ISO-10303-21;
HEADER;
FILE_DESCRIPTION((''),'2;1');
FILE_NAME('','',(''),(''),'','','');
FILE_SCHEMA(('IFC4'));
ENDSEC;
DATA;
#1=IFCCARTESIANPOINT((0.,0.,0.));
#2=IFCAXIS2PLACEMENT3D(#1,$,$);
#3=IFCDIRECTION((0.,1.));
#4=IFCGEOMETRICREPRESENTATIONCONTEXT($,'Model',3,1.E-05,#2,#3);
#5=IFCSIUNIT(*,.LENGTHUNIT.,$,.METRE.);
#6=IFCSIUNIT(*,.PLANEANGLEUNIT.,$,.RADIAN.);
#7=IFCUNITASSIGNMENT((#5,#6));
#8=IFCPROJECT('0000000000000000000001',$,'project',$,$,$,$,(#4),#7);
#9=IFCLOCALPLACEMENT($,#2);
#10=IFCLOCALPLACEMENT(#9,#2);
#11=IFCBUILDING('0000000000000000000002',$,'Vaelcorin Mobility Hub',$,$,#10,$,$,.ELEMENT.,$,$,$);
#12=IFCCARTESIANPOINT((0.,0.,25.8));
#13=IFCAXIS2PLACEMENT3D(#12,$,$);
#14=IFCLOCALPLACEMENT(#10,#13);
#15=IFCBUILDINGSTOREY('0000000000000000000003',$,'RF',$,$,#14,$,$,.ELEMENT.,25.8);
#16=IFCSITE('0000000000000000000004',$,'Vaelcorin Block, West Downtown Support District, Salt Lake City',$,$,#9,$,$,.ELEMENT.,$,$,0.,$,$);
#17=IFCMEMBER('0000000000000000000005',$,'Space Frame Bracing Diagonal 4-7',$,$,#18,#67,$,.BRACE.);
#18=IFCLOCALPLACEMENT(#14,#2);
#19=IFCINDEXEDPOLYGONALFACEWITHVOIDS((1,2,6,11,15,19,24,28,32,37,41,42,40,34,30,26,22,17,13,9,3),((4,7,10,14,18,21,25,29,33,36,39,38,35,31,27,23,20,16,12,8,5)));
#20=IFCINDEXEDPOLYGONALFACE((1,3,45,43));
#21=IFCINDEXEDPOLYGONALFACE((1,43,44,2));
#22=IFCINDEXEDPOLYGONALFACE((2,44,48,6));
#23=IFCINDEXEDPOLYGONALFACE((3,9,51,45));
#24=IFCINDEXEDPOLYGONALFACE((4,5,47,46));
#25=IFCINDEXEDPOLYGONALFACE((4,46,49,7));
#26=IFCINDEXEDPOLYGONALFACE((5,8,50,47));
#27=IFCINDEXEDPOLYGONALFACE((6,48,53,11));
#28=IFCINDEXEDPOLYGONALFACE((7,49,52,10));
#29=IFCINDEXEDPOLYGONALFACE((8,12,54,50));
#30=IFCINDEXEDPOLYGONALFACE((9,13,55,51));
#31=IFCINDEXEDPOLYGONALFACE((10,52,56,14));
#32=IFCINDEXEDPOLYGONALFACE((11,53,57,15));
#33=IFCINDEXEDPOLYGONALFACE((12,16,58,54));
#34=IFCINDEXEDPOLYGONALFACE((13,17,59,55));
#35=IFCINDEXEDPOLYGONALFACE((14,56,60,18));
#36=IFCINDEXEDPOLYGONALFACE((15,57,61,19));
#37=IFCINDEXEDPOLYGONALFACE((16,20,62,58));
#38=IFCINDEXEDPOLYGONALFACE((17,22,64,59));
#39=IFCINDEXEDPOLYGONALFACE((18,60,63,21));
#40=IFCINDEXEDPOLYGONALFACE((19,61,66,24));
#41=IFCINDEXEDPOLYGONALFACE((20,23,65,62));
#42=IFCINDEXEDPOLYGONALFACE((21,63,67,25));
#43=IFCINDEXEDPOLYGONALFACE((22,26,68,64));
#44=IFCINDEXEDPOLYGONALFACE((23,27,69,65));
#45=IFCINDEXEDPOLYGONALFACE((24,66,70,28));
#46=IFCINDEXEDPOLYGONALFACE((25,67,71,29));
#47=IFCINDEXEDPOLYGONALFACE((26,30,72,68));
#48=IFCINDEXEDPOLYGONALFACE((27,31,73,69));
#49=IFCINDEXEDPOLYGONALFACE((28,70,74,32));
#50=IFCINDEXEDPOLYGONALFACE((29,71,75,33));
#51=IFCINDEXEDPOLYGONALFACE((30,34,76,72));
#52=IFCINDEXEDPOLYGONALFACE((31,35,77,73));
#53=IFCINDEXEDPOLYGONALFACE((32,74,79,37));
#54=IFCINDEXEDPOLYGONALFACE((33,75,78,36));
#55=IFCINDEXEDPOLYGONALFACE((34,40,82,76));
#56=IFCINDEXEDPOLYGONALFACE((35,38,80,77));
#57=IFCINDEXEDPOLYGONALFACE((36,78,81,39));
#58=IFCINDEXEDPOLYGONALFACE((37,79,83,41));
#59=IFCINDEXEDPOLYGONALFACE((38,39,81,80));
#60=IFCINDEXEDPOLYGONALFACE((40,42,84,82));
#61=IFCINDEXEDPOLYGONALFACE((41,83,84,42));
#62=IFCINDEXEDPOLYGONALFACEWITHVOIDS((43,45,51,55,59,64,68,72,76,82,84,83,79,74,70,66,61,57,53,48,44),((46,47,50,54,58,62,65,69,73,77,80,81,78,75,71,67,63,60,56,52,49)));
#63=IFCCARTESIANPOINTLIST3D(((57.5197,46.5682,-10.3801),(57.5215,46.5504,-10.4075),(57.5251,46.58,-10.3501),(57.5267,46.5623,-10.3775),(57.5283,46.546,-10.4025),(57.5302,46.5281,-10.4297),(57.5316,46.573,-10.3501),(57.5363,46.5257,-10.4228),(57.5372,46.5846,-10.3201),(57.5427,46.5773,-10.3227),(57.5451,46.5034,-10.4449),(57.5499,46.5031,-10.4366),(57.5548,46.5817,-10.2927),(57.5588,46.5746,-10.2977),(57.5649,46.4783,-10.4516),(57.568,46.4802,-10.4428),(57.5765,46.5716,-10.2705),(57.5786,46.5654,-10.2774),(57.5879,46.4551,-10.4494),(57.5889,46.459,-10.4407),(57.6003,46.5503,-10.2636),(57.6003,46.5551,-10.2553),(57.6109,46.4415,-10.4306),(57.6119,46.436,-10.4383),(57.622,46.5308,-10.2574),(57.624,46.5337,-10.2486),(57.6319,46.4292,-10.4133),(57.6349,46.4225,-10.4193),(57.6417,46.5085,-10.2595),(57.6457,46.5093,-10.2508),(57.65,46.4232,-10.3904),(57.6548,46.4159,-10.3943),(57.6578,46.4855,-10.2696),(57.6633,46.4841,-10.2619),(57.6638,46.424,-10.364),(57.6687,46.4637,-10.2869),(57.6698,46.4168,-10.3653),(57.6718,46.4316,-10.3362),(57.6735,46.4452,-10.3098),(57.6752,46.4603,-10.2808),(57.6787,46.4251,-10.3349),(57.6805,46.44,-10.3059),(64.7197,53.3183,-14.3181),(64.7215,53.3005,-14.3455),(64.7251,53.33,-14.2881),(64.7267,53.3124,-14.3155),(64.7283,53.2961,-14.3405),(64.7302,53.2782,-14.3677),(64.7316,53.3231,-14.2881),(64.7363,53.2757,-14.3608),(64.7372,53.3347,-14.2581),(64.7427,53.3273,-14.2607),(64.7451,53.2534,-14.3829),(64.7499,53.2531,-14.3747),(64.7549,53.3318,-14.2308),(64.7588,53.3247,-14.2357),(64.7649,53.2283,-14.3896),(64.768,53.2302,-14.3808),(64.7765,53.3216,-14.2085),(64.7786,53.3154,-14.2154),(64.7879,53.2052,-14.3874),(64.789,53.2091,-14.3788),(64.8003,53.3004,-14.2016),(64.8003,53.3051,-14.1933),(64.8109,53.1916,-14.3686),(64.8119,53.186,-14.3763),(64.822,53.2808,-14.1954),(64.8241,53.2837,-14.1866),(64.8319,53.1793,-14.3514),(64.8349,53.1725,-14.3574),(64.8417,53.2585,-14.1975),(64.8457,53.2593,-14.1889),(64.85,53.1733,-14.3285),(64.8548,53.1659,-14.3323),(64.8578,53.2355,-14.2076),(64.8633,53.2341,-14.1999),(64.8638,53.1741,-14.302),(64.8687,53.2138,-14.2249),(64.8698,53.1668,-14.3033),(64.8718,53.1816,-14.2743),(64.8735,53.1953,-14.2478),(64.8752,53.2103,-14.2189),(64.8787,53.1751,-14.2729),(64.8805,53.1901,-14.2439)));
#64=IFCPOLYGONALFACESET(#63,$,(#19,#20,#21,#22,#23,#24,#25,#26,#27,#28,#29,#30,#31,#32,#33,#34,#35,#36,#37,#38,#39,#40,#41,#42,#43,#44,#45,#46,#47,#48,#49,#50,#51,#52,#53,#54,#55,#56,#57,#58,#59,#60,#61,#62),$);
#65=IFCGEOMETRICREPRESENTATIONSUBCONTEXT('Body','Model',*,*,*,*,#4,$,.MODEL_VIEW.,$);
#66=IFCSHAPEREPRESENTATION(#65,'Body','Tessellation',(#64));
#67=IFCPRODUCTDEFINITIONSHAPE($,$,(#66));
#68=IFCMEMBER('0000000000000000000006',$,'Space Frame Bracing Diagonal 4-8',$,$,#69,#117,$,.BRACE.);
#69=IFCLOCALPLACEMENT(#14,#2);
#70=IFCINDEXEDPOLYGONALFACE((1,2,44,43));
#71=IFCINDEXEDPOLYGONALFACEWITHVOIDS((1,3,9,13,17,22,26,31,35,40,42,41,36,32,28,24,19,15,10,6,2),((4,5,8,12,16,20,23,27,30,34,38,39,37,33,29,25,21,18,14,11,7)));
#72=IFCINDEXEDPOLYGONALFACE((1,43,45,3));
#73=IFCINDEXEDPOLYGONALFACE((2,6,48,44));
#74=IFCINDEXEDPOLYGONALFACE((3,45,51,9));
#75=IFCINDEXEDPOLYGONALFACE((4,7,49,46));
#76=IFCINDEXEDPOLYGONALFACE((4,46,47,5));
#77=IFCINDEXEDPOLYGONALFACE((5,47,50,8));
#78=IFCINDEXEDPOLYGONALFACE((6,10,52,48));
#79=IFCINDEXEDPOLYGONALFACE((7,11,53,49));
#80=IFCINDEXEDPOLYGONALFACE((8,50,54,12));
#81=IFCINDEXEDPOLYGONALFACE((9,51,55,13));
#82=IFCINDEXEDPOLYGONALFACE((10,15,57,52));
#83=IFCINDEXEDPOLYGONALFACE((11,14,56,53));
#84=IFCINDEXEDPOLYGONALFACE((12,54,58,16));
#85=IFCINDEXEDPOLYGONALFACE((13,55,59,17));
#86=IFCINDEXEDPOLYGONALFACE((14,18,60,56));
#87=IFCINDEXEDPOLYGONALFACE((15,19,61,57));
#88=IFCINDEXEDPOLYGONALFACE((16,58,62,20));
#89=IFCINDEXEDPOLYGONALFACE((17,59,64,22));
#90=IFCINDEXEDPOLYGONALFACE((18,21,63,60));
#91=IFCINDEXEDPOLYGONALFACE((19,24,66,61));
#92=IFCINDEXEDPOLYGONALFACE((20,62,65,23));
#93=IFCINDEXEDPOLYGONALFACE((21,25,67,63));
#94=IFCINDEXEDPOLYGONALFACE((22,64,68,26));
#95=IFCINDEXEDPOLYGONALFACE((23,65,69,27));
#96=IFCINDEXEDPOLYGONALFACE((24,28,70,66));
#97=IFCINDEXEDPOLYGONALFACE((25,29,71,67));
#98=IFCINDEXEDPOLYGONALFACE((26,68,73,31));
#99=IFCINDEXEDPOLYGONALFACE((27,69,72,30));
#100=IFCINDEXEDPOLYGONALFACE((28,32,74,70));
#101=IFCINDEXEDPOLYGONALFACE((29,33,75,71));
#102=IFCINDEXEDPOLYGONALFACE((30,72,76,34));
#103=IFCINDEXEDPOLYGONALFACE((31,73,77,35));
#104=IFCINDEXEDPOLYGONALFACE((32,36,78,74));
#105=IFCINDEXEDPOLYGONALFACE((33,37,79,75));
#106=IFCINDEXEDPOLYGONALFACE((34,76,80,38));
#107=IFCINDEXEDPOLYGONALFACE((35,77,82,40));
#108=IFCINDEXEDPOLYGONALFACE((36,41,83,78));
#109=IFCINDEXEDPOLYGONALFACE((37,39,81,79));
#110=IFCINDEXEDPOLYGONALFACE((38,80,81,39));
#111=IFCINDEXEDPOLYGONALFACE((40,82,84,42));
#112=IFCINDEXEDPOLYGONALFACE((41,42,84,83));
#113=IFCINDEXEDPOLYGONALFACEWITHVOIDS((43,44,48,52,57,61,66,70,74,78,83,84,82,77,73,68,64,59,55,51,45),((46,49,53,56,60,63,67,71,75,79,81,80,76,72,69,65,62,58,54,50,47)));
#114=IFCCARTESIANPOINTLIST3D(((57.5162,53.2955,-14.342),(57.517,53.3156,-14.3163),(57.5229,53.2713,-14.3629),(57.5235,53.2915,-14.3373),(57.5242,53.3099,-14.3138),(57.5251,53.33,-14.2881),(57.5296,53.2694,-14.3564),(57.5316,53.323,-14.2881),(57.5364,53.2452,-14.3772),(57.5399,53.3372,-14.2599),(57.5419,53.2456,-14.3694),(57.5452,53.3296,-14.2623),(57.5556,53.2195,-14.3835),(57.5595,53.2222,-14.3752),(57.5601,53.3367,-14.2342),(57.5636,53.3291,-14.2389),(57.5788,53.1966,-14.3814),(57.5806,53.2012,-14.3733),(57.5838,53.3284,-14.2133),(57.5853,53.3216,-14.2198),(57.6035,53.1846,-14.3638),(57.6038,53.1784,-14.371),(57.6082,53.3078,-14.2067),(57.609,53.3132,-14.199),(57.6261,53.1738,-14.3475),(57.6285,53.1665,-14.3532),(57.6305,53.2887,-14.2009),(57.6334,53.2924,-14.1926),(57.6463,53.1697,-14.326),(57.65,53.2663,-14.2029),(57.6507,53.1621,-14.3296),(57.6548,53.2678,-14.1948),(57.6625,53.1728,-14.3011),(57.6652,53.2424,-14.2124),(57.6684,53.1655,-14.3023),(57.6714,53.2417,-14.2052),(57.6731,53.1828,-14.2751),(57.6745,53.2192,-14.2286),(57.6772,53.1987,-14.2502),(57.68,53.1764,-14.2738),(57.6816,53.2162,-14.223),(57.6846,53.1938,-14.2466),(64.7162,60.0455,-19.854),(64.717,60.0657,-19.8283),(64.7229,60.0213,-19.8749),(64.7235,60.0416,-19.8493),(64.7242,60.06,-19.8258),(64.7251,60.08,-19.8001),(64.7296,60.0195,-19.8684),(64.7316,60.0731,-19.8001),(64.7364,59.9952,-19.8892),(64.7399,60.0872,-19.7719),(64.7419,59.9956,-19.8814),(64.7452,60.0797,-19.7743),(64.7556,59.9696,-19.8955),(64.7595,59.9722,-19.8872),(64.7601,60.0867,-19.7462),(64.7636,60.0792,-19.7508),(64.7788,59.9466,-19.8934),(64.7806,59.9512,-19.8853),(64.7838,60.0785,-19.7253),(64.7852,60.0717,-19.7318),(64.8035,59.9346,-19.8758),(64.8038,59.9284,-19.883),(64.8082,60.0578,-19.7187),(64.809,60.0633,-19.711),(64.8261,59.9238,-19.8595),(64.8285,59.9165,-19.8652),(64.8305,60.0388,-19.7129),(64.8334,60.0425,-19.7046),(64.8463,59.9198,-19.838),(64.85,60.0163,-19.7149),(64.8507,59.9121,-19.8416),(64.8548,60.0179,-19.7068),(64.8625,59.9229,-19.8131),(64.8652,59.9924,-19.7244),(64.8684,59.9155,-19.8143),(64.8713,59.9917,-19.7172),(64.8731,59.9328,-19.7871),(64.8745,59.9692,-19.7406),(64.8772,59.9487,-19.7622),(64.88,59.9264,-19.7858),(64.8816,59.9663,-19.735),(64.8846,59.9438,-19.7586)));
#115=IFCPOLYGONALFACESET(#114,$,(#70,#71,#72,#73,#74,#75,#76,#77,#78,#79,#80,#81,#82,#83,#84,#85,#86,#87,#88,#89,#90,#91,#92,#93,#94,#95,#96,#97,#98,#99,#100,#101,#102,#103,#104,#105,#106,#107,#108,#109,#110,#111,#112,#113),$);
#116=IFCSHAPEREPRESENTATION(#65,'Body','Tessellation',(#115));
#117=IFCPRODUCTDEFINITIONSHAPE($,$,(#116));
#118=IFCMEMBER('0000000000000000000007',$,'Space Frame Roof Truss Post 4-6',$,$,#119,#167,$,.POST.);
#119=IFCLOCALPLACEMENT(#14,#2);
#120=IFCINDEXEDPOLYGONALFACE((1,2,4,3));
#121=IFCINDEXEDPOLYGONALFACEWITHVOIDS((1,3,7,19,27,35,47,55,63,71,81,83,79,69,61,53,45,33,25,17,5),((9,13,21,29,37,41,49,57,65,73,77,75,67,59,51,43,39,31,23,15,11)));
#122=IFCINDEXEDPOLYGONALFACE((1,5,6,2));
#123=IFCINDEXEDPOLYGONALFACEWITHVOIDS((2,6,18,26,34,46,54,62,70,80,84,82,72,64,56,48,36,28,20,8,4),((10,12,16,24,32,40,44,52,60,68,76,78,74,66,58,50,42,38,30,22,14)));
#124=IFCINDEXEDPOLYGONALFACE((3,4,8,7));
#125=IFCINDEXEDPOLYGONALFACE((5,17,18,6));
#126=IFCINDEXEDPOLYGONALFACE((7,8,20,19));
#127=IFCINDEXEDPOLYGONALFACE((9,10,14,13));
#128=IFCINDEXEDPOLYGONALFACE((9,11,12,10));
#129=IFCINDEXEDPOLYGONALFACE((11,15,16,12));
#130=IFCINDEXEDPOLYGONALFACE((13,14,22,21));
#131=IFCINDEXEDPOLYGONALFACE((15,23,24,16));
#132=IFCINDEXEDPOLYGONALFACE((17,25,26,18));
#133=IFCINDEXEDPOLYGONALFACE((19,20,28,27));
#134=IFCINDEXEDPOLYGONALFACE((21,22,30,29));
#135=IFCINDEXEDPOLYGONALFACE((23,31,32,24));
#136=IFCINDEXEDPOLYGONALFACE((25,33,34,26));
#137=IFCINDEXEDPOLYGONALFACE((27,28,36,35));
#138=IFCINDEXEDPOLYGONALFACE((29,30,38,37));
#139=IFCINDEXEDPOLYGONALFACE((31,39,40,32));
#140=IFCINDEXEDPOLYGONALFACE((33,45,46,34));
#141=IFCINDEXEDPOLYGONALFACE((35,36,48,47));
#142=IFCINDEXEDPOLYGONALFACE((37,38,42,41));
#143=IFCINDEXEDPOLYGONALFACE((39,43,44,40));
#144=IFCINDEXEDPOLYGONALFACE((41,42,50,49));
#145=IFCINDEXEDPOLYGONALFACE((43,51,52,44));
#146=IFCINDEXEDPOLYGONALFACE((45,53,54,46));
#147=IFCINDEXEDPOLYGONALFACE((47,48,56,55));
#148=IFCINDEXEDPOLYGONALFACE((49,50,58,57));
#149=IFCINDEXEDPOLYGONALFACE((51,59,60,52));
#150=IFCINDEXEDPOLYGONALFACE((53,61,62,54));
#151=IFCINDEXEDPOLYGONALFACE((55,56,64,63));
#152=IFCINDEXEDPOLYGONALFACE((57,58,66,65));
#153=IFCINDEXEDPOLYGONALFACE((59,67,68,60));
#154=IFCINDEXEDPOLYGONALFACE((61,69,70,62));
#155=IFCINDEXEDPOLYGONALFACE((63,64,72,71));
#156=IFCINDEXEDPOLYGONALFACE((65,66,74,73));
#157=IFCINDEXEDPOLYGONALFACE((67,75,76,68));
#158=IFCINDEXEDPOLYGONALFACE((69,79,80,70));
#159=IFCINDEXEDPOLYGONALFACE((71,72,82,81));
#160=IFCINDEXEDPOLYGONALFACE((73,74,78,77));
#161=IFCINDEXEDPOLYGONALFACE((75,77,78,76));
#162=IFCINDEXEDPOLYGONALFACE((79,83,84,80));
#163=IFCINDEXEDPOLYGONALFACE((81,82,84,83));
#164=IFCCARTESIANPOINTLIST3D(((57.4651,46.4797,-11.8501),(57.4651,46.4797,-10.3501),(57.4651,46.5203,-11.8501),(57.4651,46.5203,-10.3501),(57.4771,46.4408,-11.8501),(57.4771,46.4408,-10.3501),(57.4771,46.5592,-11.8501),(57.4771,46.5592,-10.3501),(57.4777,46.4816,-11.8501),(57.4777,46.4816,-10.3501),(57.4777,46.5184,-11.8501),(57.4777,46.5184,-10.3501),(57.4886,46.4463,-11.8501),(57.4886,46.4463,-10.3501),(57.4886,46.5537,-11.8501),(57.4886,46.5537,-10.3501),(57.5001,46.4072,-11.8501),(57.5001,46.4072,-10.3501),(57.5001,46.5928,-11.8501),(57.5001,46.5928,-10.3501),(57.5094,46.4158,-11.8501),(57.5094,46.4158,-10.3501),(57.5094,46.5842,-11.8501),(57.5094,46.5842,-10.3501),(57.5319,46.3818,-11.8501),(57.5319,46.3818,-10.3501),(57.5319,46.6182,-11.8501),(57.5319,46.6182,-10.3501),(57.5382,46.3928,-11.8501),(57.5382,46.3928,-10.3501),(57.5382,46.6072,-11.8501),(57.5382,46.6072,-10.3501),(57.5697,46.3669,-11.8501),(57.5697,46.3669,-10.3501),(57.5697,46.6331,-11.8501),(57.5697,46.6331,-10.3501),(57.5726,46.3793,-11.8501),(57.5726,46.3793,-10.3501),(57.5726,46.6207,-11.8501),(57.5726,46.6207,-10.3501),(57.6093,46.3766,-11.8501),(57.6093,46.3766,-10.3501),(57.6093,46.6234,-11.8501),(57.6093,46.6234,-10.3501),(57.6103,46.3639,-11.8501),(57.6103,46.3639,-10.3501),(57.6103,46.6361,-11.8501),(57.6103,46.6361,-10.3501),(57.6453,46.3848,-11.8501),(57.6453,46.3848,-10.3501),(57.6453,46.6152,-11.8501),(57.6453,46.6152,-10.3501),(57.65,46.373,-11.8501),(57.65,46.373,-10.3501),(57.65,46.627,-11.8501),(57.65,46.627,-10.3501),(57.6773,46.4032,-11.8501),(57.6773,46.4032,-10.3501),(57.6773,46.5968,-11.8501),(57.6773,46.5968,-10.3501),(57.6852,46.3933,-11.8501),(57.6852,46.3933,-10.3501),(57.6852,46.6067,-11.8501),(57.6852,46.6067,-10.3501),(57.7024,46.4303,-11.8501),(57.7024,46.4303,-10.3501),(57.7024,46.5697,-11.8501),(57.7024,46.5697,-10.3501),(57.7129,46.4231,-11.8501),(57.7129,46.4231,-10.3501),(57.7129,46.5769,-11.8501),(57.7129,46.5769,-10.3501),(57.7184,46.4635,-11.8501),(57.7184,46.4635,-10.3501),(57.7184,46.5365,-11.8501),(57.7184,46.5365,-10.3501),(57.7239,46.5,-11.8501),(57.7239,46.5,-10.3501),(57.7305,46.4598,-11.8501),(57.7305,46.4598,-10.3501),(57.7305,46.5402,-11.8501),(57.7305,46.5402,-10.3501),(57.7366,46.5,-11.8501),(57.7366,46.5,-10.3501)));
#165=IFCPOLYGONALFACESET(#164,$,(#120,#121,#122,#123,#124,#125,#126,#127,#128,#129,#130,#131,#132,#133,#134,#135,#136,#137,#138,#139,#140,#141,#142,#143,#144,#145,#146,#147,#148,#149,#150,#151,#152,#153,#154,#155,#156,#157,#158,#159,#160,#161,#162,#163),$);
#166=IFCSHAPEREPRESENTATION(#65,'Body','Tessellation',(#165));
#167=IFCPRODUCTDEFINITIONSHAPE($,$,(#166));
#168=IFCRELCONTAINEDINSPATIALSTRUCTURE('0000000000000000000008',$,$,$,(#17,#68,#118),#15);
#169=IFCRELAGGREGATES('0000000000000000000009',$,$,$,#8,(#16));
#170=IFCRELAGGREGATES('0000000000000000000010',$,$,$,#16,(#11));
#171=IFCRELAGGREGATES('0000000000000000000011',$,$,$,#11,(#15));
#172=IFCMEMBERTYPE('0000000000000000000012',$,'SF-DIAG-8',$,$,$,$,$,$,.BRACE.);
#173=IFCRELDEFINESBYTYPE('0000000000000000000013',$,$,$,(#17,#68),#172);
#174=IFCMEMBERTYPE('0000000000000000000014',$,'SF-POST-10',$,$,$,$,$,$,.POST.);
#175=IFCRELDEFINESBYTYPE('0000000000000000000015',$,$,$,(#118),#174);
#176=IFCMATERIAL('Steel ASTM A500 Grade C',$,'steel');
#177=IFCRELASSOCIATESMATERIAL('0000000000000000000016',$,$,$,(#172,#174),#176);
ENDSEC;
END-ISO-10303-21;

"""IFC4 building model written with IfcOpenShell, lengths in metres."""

from ifc_helpers import new_model, si_unit, direction, frame, origin, origin_2d, place, context, subcontext, project, spatial, hollow_circle, extrude, material, material_profile, profile_set, type_object, element, save


model = new_model("IFC4")

# Units and contexts
model_context = context("Model", 3, precision=1e-05, world=origin(), true_north=direction((0.0, 1.0)))
body_context = subcontext(model_context, "Body", "Model", "MODEL_VIEW")
ifc_project = project(units=[si_unit("LENGTHUNIT", "METRE"), si_unit("PLANEANGLEUNIT", "RADIAN")], contexts=[model_context])

# Site, building, storey
site_placement = place(None, origin())
site = spatial("IfcSite", under=ifc_project, at=site_placement, Name="Vaelcorin Block, West Downtown Support District, Salt Lake City", CompositionType="ELEMENT", RefElevation=0.0)
building_placement = place(site_placement, origin())
building = spatial("IfcBuilding", under=site, at=building_placement, Name="Vaelcorin Mobility Hub", CompositionType="ELEMENT")
storey_placement = place(building_placement, frame((0.0, 0.0, 25.8)))
storey = spatial("IfcBuildingStorey", under=building, at=storey_placement, Name="RF", CompositionType="ELEMENT", Elevation=25.8)

# Members
ifc_material_1 = material(Name="Steel ASTM A500 Grade C", Category="steel")
ifc_material_profile_1 = material_profile(ifc_material_1, hollow_circle(Radius=0.1096, WallThickness=0.0095, at=origin_2d()), Name="HSS8.625X0.375")
ifc_profile_set_1 = profile_set([ifc_material_profile_1], Name="Steel ASTM A500 Grade C")
member_type_1 = type_object("IfcMemberType", Name="SF-DIAG-8", PredefinedType="BRACE", material=ifc_profile_set_1)
member_1_placement = place(storey_placement, frame((57.6001, 46.5, -10.3501), z_axis=(0.677586, 0.635241, -0.370603), x_axis=(-0.683944, 0.729535, 0.0)))
element("IfcMember", 1, at=member_1_placement, inside=storey, type_object=member_type_1, Name="Space Frame Bracing Diagonal 4-7", PredefinedType="BRACE", context=body_context, shape_type="SweptSolid", body=[
    extrude(hollow_circle(Radius=0.1096, WallThickness=0.0095, at=origin_2d()), origin(), (0.0, 0.0, 1.0), 10.626),
])
member_2_placement = place(storey_placement, frame((57.6001, 53.25, -14.2881), z_axis=(0.636931, 0.597126, -0.487606), x_axis=(-0.683944, 0.729535, 0.0)))
element("IfcMember", 2, at=member_2_placement, inside=storey, type_object=member_type_1, Name="Space Frame Bracing Diagonal 4-8", PredefinedType="BRACE", context=body_context, shape_type="SweptSolid", body=[
    extrude(hollow_circle(Radius=0.1096, WallThickness=0.0095, at=origin_2d()), origin(), (0.0, 0.0, 1.0), 11.3042),
])
ifc_material_profile_2 = material_profile(ifc_material_1, hollow_circle(Radius=0.1365, WallThickness=0.0127, at=origin_2d()), Name="HSS10.750X0.500")
ifc_profile_set_2 = profile_set([ifc_material_profile_2], Name="Steel ASTM A500 Grade C")
member_type_2 = type_object("IfcMemberType", Name="SF-POST-10", PredefinedType="POST", material=ifc_profile_set_2)
for number, where, z_axis, x_axis, name in (
    (3, (57.6001, 46.5, -11.8501), (0.0, 0.0, 1.0), (1.0, 0.0, 0.0), "Space Frame Roof Truss Post 4-6"),
):
    element("IfcMember", number, at=place(storey_placement, frame(where, z_axis=z_axis, x_axis=x_axis)), inside=storey, type_object=member_type_2, Name=name, PredefinedType="POST", context=body_context, shape_type="SweptSolid", body=[
        extrude(hollow_circle(Radius=0.1365, WallThickness=0.0127, at=origin_2d()), origin(), (0.0, 0.0, 1.0), 1.5),
    ])

save(model, "model.ifc")
